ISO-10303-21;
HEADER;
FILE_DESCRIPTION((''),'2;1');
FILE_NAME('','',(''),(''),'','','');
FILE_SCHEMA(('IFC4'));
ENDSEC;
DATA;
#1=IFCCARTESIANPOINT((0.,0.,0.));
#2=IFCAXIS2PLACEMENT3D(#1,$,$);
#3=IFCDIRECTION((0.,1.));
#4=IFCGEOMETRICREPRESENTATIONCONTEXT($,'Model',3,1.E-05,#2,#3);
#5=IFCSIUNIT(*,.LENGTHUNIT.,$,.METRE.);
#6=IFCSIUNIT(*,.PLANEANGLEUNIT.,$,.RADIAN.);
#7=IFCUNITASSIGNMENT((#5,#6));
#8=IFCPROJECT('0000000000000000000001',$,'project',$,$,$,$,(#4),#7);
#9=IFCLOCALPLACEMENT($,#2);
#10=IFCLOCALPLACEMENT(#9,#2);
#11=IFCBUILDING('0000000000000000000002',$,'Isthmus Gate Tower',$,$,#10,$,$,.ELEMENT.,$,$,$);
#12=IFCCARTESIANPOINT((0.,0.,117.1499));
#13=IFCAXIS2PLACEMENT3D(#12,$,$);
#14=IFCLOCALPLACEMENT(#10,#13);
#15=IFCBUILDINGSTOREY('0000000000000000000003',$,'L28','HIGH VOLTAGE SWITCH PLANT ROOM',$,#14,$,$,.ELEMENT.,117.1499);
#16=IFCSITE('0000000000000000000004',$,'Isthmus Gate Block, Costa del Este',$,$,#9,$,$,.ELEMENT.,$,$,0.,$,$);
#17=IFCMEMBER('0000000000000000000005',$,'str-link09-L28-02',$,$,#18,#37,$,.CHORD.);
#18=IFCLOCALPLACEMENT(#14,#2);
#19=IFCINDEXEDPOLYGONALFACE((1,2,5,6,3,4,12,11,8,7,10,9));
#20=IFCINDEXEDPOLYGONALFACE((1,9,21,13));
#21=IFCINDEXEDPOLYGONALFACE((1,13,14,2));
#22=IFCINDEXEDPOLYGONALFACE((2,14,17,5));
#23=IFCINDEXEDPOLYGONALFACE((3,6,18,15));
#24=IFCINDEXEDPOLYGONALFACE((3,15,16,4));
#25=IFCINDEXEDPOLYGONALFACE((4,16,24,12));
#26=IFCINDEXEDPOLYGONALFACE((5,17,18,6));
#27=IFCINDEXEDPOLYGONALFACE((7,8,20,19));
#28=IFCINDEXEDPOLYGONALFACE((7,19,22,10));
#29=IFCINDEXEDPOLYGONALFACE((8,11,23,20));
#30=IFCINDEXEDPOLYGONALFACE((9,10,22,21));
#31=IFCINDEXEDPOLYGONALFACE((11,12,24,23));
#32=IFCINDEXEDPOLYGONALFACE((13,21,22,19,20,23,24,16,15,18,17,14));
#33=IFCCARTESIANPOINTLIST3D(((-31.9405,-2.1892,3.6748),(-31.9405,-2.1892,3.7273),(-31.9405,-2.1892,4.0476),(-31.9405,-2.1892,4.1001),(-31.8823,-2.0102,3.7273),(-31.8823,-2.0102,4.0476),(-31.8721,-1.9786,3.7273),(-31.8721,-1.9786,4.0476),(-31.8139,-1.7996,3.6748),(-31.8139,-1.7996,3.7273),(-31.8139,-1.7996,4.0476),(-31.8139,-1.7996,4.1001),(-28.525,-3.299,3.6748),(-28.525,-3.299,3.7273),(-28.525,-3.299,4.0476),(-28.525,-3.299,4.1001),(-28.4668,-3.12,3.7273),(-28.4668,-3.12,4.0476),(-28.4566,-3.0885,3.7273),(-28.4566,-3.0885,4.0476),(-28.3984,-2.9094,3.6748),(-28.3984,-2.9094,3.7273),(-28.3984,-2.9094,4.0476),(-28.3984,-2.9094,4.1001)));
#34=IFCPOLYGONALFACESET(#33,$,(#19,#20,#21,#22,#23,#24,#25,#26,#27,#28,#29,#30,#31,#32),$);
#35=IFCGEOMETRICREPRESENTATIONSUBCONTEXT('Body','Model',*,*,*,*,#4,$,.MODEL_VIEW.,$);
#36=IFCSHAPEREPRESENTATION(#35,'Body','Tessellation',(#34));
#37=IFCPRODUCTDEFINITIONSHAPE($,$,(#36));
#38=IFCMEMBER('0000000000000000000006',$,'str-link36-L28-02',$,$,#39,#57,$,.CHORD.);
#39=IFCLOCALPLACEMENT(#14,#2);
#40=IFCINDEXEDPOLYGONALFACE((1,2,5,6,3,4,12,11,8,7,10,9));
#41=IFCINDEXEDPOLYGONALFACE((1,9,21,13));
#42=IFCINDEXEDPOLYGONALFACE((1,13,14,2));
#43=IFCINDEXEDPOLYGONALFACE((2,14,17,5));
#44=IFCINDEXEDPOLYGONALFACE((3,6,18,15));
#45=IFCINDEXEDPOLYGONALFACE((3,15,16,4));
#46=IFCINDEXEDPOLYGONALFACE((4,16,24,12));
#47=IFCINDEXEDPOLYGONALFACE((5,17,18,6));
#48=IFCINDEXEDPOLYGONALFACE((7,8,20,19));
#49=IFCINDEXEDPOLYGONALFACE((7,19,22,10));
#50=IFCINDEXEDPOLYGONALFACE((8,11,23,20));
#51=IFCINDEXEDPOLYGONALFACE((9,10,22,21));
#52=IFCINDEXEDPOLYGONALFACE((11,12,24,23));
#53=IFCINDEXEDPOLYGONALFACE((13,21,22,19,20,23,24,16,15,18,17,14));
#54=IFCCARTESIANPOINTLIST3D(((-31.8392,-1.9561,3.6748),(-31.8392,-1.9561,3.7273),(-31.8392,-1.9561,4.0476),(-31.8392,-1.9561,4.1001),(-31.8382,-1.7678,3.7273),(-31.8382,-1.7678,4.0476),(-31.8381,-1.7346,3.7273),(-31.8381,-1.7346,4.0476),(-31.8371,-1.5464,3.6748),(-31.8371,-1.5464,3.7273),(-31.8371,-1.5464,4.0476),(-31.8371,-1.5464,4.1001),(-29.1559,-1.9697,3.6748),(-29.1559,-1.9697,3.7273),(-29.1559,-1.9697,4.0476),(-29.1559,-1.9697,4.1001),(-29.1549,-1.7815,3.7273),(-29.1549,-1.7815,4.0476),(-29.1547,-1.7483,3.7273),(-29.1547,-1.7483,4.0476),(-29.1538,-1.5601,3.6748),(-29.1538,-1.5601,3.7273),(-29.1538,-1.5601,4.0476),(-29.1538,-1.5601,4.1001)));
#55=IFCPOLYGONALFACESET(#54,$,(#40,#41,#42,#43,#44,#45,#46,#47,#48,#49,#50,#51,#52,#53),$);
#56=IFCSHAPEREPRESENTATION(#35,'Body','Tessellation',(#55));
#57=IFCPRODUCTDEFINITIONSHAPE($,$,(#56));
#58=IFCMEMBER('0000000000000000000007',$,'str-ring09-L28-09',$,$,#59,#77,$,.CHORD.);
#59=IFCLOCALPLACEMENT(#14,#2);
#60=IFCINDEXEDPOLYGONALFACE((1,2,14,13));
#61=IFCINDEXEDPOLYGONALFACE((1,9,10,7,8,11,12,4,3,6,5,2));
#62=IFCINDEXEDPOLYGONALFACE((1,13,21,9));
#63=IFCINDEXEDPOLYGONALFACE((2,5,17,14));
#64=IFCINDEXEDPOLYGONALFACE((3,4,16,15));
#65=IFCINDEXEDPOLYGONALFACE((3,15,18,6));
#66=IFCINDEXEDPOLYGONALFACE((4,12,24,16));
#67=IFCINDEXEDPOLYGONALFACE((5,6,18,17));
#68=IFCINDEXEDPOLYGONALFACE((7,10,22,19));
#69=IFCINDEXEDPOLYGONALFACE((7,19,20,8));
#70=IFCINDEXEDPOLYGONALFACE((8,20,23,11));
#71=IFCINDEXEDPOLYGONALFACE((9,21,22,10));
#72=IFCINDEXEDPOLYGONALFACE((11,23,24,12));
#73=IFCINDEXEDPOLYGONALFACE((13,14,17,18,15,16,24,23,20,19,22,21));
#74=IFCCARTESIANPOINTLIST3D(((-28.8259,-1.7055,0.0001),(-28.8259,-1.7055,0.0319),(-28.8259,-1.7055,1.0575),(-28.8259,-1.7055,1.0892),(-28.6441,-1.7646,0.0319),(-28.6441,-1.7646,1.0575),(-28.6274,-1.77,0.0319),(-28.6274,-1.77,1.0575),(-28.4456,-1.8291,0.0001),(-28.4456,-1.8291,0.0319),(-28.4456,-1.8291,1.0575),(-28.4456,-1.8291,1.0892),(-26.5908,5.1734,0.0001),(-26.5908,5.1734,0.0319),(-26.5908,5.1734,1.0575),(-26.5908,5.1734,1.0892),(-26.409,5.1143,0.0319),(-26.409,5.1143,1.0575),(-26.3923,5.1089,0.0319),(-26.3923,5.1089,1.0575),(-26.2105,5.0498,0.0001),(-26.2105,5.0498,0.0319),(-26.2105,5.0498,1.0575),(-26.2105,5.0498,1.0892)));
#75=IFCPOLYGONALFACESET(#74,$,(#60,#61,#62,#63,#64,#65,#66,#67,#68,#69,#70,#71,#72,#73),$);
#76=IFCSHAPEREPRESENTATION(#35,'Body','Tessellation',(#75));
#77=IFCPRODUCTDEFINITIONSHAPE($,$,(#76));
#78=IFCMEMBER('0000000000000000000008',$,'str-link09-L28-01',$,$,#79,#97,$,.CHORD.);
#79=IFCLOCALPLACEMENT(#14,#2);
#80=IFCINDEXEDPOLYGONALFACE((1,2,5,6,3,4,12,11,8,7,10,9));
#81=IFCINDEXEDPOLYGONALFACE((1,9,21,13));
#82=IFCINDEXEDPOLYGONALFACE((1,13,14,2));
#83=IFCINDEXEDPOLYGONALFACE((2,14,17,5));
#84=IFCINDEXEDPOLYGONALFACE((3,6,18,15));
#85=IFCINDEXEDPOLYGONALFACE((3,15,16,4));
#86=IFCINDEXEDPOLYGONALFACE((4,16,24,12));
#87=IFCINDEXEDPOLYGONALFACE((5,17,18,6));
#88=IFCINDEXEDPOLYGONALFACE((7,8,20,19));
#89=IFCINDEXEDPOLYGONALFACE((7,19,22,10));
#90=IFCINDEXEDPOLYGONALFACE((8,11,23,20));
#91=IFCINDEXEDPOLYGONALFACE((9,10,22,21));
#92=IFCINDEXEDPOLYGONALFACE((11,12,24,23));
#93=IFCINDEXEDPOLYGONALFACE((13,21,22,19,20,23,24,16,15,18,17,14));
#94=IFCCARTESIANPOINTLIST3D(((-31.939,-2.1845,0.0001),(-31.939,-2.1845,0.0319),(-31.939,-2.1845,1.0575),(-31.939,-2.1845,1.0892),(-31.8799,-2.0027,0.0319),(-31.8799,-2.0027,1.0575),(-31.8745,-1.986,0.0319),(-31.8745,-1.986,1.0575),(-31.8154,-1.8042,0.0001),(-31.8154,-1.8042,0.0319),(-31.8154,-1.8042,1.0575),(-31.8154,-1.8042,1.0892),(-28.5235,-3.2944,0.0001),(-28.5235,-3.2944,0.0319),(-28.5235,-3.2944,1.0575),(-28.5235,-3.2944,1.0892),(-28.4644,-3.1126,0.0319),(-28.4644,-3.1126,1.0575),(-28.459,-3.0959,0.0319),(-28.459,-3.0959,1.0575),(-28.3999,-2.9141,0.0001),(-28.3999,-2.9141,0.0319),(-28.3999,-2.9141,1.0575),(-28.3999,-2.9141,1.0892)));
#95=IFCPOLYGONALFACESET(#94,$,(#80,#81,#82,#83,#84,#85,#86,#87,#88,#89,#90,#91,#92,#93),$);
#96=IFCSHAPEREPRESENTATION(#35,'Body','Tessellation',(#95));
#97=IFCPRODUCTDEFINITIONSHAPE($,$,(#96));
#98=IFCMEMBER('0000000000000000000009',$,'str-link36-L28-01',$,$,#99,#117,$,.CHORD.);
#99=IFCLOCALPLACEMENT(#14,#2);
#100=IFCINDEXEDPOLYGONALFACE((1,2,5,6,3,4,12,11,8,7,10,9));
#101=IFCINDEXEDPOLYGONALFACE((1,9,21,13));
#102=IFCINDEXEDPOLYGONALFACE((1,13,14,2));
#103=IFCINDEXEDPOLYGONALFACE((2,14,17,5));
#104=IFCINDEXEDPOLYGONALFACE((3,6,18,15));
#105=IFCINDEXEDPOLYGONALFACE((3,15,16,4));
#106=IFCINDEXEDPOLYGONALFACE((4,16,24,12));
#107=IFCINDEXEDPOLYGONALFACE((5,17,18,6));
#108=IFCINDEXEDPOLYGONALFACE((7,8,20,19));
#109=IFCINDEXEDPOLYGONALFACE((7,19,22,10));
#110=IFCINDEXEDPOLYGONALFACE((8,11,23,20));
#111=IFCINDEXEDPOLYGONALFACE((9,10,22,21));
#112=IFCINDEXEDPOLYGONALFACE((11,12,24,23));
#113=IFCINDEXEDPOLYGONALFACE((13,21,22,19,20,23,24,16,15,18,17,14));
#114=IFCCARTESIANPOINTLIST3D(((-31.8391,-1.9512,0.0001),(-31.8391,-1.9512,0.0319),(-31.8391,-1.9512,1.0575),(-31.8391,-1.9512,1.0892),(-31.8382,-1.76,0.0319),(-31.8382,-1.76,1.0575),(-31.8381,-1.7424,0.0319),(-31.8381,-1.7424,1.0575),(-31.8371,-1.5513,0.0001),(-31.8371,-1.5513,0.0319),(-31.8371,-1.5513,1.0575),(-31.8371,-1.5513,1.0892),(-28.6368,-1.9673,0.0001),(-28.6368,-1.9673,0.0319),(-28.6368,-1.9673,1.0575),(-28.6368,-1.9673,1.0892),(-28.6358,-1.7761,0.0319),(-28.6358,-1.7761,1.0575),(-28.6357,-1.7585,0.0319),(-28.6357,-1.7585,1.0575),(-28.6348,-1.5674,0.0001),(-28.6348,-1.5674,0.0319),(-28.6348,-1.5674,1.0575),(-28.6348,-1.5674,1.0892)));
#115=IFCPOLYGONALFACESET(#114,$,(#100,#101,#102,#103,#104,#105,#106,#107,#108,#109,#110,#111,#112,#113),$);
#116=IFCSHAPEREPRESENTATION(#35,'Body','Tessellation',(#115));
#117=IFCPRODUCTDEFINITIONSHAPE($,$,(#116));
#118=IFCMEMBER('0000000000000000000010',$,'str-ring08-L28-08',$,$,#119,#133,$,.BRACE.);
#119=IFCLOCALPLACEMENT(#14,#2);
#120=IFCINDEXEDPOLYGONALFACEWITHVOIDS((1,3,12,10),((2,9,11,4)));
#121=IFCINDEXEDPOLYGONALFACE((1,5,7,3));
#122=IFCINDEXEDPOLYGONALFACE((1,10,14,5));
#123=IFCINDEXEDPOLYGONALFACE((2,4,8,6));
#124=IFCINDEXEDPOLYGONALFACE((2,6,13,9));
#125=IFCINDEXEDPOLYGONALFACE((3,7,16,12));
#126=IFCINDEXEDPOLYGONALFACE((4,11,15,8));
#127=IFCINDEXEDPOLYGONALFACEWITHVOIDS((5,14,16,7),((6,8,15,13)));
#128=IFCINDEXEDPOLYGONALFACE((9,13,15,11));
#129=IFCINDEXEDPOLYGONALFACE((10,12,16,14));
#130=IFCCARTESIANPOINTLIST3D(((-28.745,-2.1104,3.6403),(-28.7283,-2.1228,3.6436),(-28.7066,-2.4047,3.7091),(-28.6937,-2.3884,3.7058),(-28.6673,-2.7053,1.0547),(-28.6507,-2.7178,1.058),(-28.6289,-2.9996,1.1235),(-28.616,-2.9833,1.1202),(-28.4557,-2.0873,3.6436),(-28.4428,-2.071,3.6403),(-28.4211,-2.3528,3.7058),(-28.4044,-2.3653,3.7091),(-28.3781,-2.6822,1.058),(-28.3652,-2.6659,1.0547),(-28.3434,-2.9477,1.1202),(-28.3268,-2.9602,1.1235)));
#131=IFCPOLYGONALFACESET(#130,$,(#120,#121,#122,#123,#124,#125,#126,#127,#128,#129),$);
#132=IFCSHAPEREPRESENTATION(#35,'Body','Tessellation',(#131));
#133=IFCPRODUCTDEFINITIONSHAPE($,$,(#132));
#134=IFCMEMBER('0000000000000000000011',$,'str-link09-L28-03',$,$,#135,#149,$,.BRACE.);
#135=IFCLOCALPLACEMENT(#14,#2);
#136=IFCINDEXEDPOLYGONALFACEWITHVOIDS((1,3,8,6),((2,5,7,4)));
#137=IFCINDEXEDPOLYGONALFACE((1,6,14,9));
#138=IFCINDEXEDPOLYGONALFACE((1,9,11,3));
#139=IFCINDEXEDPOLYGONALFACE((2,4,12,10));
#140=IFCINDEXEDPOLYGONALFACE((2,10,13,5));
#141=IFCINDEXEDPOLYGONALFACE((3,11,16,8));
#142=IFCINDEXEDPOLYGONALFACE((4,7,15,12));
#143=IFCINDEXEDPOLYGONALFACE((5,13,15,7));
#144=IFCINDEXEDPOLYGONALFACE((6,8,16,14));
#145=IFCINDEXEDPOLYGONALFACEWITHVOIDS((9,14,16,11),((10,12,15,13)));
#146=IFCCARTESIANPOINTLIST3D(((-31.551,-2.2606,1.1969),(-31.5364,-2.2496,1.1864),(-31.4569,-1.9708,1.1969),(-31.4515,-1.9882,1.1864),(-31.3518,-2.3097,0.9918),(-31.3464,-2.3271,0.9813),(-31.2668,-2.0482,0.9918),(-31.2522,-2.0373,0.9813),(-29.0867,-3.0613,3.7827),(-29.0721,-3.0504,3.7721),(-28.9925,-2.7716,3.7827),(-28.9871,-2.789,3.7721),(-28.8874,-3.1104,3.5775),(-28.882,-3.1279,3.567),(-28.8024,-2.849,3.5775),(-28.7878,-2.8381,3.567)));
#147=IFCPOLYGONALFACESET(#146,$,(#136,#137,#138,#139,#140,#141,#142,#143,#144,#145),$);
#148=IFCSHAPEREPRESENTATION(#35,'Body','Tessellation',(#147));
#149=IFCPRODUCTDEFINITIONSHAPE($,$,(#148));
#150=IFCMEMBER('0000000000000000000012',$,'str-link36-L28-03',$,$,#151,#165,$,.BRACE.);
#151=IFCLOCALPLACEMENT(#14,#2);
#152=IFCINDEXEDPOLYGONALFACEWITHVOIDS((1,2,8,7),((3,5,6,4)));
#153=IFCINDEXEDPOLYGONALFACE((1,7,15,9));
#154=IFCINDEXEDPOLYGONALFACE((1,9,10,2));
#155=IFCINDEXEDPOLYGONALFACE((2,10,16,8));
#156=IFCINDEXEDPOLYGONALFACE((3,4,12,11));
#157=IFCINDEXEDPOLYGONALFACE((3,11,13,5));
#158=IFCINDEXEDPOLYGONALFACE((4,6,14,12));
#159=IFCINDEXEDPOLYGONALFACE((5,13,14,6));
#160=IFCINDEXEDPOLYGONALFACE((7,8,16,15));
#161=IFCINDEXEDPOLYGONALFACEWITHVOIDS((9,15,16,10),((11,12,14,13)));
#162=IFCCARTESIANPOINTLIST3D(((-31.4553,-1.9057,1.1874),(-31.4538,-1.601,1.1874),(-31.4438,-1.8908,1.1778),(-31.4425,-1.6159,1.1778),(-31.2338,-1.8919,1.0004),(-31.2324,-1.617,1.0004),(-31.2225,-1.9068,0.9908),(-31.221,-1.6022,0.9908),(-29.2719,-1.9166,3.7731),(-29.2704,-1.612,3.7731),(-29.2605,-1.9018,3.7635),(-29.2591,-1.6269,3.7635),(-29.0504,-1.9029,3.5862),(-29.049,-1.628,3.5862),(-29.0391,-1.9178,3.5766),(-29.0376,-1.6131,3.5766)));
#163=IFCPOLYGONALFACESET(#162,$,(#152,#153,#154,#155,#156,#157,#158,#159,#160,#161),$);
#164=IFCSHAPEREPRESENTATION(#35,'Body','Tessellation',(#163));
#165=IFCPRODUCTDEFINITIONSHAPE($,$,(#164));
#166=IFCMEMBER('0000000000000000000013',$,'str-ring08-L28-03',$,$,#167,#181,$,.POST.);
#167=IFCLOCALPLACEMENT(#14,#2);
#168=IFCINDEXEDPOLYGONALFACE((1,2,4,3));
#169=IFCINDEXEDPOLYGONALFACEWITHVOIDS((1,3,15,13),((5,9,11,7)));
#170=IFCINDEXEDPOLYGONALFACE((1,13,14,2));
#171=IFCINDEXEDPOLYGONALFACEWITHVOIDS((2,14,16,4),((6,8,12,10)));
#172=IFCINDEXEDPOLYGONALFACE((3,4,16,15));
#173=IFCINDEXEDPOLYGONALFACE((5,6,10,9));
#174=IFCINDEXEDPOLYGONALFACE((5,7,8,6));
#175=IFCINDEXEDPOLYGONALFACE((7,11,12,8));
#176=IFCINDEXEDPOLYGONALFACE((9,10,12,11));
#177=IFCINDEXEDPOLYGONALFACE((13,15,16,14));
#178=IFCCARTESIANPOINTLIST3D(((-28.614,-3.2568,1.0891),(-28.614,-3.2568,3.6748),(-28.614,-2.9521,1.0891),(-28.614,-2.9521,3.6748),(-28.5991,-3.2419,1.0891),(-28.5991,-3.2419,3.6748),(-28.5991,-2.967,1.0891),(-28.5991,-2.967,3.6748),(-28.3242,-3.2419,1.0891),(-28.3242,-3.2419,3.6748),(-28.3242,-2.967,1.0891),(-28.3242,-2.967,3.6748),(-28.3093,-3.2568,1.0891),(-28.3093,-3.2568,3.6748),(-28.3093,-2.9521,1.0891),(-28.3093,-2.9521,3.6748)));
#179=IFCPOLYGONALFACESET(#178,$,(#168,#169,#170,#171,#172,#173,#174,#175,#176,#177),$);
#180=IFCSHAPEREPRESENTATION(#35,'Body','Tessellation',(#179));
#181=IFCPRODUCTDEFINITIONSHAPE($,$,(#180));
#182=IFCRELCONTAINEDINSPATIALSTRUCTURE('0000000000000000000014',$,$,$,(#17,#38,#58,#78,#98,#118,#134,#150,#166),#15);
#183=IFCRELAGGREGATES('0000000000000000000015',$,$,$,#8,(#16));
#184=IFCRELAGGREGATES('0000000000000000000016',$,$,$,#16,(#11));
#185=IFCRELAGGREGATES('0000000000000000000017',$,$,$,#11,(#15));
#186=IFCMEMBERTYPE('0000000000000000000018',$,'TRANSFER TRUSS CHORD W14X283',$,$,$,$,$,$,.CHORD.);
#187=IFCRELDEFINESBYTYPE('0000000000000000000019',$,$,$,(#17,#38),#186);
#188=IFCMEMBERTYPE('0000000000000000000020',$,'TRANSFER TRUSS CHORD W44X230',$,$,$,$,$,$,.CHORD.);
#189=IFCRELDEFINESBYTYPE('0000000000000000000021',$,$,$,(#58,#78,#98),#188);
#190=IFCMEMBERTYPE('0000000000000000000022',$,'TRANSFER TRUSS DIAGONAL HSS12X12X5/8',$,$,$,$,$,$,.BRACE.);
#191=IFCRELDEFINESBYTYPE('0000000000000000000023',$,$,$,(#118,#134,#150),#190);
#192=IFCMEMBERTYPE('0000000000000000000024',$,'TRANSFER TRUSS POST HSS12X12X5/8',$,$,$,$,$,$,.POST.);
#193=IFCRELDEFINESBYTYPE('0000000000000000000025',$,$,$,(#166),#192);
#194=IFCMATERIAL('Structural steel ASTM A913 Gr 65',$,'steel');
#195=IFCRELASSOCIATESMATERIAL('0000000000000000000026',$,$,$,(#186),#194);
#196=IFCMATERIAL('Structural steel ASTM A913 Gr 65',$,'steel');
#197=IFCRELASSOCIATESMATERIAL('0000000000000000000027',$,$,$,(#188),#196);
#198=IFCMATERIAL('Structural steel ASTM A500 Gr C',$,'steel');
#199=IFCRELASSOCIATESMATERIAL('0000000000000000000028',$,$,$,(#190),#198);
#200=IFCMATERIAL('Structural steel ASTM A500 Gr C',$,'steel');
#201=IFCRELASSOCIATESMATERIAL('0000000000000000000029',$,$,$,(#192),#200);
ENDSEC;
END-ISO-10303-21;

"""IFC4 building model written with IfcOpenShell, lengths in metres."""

from ifc_helpers import new_model, si_unit, direction, frame, origin, origin_2d, place, context, subcontext, project, spatial, hollow_rectangle, i_section, extrude, material, material_profile, profile_set, type_object, element, save


model = new_model("IFC4")

# Units and contexts
model_context = context("Model", 3, precision=1e-05, world=origin(), true_north=direction((0.0, 1.0)))
body_context = subcontext(model_context, "Body", "Model", "MODEL_VIEW")
ifc_project = project(units=[si_unit("LENGTHUNIT", "METRE"), si_unit("PLANEANGLEUNIT", "RADIAN")], contexts=[model_context])

# Site, building, storey
site_placement = place(None, origin())
site = spatial("IfcSite", under=ifc_project, at=site_placement, Name="Isthmus Gate Block, Costa del Este", CompositionType="ELEMENT", RefElevation=0.0)
building_placement = place(site_placement, origin())
building = spatial("IfcBuilding", under=site, at=building_placement, Name="Isthmus Gate Tower", CompositionType="ELEMENT")
storey_placement = place(building_placement, frame((0.0, 0.0, 117.1499)))
storey = spatial("IfcBuildingStorey", under=building, at=storey_placement, Name="L28", Description="HIGH VOLTAGE SWITCH PLANT ROOM", CompositionType="ELEMENT", Elevation=117.1499)

# Members
ifc_material_1 = material(Name="Structural steel ASTM A913 Gr 65", Category="steel")
ifc_material_profile_1 = material_profile(ifc_material_1, i_section(OverallWidth=0.4097, OverallDepth=0.4253, WebThickness=0.0332, FlangeThickness=0.0525, at=origin_2d()), Name="W14X283")
ifc_profile_set_1 = profile_set([ifc_material_profile_1], Name="Structural steel ASTM A913 Gr 65")
member_type_1 = type_object("IfcMemberType", Name="TRANSFER TRUSS CHORD W14X283", PredefinedType="CHORD", material=ifc_profile_set_1)
member_1_placement = place(storey_placement, frame((-31.8772, -1.9944, 3.8875), z_axis=(0.951049, -0.30904, 0.0), x_axis=(0.30904, 0.951049, 0.0)))
element("IfcMember", 1, at=member_1_placement, inside=storey, type_object=member_type_1, Name="str-link09-L28-02", PredefinedType="CHORD", context=body_context, shape_type="SweptSolid", body=[
    extrude(i_section(OverallWidth=0.4097, OverallDepth=0.4253, WebThickness=0.0332, FlangeThickness=0.0525, at=origin_2d()), origin(), (0.0, 0.0, 1.0), 3.5913),
])
member_2_placement = place(storey_placement, frame((-31.8381, -1.7512, 3.8875), z_axis=(0.999987, -0.005095, 0.0), x_axis=(0.005095, 0.999987, 0.0)))
element("IfcMember", 2, at=member_2_placement, inside=storey, type_object=member_type_1, Name="str-link36-L28-02", PredefinedType="CHORD", context=body_context, shape_type="SweptSolid", body=[
    extrude(i_section(OverallWidth=0.4097, OverallDepth=0.4253, WebThickness=0.0332, FlangeThickness=0.0525, at=origin_2d()), origin(), (0.0, 0.0, 1.0), 2.6833),
])
ifc_material_2 = material(Name="Structural steel ASTM A913 Gr 65", Category="steel")
ifc_material_profile_2 = material_profile(ifc_material_2, i_section(OverallWidth=0.3999, OverallDepth=1.0891, WebThickness=0.0176, FlangeThickness=0.0317, at=origin_2d()), Name="W44X230")
ifc_profile_set_2 = profile_set([ifc_material_profile_2], Name="Structural steel ASTM A913 Gr 65")
member_type_2 = type_object("IfcMemberType", Name="TRANSFER TRUSS CHORD W44X230", PredefinedType="CHORD", material=ifc_profile_set_2)
member_3_placement = place(storey_placement, frame((-28.6357, -1.7673, 0.5447), z_axis=(0.309019, 0.951056, 0.0), x_axis=(-0.951056, 0.309019, 0.0)))
element("IfcMember", 3, at=member_3_placement, inside=storey, type_object=member_type_2, Name="str-ring09-L28-09", PredefinedType="CHORD", context=body_context, shape_type="SweptSolid", body=[
    extrude(i_section(OverallWidth=0.3999, OverallDepth=1.0891, WebThickness=0.0176, FlangeThickness=0.0317, at=origin_2d()), origin(), (0.0, 0.0, 1.0), 7.2329),
])
member_4_placement = place(storey_placement, frame((-31.8772, -1.9944, 0.5447), z_axis=(0.951049, -0.30904, 0.0), x_axis=(0.30904, 0.951049, 0.0)))
element("IfcMember", 4, at=member_4_placement, inside=storey, type_object=member_type_2, Name="str-link09-L28-01", PredefinedType="CHORD", context=body_context, shape_type="SweptSolid", body=[
    extrude(i_section(OverallWidth=0.3999, OverallDepth=1.0891, WebThickness=0.0176, FlangeThickness=0.0317, at=origin_2d()), origin(), (0.0, 0.0, 1.0), 3.5913),
])
member_5_placement = place(storey_placement, frame((-31.8381, -1.7512, 0.5447), z_axis=(0.999987, -0.005032, 0.0), x_axis=(0.005032, 0.999987, 0.0)))
element("IfcMember", 5, at=member_5_placement, inside=storey, type_object=member_type_2, Name="str-link36-L28-01", PredefinedType="CHORD", context=body_context, shape_type="SweptSolid", body=[
    extrude(i_section(OverallWidth=0.3999, OverallDepth=1.0891, WebThickness=0.0176, FlangeThickness=0.0317, at=origin_2d()), origin(), (0.0, 0.0, 1.0), 3.2024),
])
ifc_material_3 = material(Name="Structural steel ASTM A500 Gr C", Category="steel")
ifc_material_profile_3 = material_profile(ifc_material_3, hollow_rectangle(XDim=0.3047, YDim=0.3047, WallThickness=0.0149, at=origin_2d()), Name="HSS12X12X5/8")
ifc_profile_set_3 = profile_set([ifc_material_profile_3], Name="Structural steel ASTM A500 Gr C")
member_type_3 = type_object("IfcMemberType", Name="TRANSFER TRUSS DIAGONAL HSS12X12X5/8", PredefinedType="BRACE", material=ifc_profile_set_3)
member_6_placement = place(storey_placement, frame((-28.4971, -2.8328, 1.0891), z_axis=(-0.029248, 0.224145, 0.974117), x_axis=(-0.991594, -0.129391, 0.0)))
element("IfcMember", 6, at=member_6_placement, inside=storey, type_object=member_type_3, Name="str-ring08-L28-08", PredefinedType="BRACE", context=body_context, shape_type="SweptSolid", body=[
    extrude(hollow_rectangle(XDim=0.3047, YDim=0.3047, WallThickness=0.0149, at=origin_2d()), origin(), (0.0, 0.0, 1.0), 2.6543),
])
member_7_placement = place(storey_placement, frame((-31.4016, -2.1489, 1.0891), z_axis=(0.673208, -0.218756, 0.706355), x_axis=(0.309039, 0.951049, 0.0)))
element("IfcMember", 7, at=member_7_placement, inside=storey, type_object=member_type_3, Name="str-link09-L28-03", PredefinedType="BRACE", context=body_context, shape_type="SweptSolid", body=[
    extrude(hollow_rectangle(XDim=0.3047, YDim=0.3047, WallThickness=0.0149, at=origin_2d()), origin(), (0.0, 0.0, 1.0), 3.6606),
])
member_8_placement = place(storey_placement, frame((-31.3381, -1.7539, 1.0891), z_axis=(0.645156, -0.003246, 0.764044), x_axis=(0.005032, 0.999987, 0.0)))
element("IfcMember", 8, at=member_8_placement, inside=storey, type_object=member_type_3, Name="str-link36-L28-03", PredefinedType="BRACE", context=body_context, shape_type="SweptSolid", body=[
    extrude(hollow_rectangle(XDim=0.3047, YDim=0.3047, WallThickness=0.0149, at=origin_2d()), origin(), (0.0, 0.0, 1.0), 3.3843),
])
ifc_material_4 = material(Name="Structural steel ASTM A500 Gr C", Category="steel")
ifc_material_profile_4 = material_profile(ifc_material_4, hollow_rectangle(XDim=0.3047, YDim=0.3047, WallThickness=0.0149, at=origin_2d()), Name="HSS12X12X5/8")
ifc_profile_set_4 = profile_set([ifc_material_profile_4], Name="Structural steel ASTM A500 Gr C")
member_type_4 = type_object("IfcMemberType", Name="TRANSFER TRUSS POST HSS12X12X5/8", PredefinedType="POST", material=ifc_profile_set_4)
for number, where, z_axis, x_axis, name in (
    (9, (-28.4617, -3.1045, 1.0891), (0.0, 0.0, 1.0), (1.0, 0.0, 0.0), "str-ring08-L28-03"),
):
    element("IfcMember", number, at=place(storey_placement, frame(where, z_axis=z_axis, x_axis=x_axis)), inside=storey, type_object=member_type_4, Name=name, PredefinedType="POST", context=body_context, shape_type="SweptSolid", body=[
        extrude(hollow_rectangle(XDim=0.3047, YDim=0.3047, WallThickness=0.0149, at=origin_2d()), origin(), (0.0, 0.0, 1.0), 2.5857),
    ])

save(model, "model.ifc")
